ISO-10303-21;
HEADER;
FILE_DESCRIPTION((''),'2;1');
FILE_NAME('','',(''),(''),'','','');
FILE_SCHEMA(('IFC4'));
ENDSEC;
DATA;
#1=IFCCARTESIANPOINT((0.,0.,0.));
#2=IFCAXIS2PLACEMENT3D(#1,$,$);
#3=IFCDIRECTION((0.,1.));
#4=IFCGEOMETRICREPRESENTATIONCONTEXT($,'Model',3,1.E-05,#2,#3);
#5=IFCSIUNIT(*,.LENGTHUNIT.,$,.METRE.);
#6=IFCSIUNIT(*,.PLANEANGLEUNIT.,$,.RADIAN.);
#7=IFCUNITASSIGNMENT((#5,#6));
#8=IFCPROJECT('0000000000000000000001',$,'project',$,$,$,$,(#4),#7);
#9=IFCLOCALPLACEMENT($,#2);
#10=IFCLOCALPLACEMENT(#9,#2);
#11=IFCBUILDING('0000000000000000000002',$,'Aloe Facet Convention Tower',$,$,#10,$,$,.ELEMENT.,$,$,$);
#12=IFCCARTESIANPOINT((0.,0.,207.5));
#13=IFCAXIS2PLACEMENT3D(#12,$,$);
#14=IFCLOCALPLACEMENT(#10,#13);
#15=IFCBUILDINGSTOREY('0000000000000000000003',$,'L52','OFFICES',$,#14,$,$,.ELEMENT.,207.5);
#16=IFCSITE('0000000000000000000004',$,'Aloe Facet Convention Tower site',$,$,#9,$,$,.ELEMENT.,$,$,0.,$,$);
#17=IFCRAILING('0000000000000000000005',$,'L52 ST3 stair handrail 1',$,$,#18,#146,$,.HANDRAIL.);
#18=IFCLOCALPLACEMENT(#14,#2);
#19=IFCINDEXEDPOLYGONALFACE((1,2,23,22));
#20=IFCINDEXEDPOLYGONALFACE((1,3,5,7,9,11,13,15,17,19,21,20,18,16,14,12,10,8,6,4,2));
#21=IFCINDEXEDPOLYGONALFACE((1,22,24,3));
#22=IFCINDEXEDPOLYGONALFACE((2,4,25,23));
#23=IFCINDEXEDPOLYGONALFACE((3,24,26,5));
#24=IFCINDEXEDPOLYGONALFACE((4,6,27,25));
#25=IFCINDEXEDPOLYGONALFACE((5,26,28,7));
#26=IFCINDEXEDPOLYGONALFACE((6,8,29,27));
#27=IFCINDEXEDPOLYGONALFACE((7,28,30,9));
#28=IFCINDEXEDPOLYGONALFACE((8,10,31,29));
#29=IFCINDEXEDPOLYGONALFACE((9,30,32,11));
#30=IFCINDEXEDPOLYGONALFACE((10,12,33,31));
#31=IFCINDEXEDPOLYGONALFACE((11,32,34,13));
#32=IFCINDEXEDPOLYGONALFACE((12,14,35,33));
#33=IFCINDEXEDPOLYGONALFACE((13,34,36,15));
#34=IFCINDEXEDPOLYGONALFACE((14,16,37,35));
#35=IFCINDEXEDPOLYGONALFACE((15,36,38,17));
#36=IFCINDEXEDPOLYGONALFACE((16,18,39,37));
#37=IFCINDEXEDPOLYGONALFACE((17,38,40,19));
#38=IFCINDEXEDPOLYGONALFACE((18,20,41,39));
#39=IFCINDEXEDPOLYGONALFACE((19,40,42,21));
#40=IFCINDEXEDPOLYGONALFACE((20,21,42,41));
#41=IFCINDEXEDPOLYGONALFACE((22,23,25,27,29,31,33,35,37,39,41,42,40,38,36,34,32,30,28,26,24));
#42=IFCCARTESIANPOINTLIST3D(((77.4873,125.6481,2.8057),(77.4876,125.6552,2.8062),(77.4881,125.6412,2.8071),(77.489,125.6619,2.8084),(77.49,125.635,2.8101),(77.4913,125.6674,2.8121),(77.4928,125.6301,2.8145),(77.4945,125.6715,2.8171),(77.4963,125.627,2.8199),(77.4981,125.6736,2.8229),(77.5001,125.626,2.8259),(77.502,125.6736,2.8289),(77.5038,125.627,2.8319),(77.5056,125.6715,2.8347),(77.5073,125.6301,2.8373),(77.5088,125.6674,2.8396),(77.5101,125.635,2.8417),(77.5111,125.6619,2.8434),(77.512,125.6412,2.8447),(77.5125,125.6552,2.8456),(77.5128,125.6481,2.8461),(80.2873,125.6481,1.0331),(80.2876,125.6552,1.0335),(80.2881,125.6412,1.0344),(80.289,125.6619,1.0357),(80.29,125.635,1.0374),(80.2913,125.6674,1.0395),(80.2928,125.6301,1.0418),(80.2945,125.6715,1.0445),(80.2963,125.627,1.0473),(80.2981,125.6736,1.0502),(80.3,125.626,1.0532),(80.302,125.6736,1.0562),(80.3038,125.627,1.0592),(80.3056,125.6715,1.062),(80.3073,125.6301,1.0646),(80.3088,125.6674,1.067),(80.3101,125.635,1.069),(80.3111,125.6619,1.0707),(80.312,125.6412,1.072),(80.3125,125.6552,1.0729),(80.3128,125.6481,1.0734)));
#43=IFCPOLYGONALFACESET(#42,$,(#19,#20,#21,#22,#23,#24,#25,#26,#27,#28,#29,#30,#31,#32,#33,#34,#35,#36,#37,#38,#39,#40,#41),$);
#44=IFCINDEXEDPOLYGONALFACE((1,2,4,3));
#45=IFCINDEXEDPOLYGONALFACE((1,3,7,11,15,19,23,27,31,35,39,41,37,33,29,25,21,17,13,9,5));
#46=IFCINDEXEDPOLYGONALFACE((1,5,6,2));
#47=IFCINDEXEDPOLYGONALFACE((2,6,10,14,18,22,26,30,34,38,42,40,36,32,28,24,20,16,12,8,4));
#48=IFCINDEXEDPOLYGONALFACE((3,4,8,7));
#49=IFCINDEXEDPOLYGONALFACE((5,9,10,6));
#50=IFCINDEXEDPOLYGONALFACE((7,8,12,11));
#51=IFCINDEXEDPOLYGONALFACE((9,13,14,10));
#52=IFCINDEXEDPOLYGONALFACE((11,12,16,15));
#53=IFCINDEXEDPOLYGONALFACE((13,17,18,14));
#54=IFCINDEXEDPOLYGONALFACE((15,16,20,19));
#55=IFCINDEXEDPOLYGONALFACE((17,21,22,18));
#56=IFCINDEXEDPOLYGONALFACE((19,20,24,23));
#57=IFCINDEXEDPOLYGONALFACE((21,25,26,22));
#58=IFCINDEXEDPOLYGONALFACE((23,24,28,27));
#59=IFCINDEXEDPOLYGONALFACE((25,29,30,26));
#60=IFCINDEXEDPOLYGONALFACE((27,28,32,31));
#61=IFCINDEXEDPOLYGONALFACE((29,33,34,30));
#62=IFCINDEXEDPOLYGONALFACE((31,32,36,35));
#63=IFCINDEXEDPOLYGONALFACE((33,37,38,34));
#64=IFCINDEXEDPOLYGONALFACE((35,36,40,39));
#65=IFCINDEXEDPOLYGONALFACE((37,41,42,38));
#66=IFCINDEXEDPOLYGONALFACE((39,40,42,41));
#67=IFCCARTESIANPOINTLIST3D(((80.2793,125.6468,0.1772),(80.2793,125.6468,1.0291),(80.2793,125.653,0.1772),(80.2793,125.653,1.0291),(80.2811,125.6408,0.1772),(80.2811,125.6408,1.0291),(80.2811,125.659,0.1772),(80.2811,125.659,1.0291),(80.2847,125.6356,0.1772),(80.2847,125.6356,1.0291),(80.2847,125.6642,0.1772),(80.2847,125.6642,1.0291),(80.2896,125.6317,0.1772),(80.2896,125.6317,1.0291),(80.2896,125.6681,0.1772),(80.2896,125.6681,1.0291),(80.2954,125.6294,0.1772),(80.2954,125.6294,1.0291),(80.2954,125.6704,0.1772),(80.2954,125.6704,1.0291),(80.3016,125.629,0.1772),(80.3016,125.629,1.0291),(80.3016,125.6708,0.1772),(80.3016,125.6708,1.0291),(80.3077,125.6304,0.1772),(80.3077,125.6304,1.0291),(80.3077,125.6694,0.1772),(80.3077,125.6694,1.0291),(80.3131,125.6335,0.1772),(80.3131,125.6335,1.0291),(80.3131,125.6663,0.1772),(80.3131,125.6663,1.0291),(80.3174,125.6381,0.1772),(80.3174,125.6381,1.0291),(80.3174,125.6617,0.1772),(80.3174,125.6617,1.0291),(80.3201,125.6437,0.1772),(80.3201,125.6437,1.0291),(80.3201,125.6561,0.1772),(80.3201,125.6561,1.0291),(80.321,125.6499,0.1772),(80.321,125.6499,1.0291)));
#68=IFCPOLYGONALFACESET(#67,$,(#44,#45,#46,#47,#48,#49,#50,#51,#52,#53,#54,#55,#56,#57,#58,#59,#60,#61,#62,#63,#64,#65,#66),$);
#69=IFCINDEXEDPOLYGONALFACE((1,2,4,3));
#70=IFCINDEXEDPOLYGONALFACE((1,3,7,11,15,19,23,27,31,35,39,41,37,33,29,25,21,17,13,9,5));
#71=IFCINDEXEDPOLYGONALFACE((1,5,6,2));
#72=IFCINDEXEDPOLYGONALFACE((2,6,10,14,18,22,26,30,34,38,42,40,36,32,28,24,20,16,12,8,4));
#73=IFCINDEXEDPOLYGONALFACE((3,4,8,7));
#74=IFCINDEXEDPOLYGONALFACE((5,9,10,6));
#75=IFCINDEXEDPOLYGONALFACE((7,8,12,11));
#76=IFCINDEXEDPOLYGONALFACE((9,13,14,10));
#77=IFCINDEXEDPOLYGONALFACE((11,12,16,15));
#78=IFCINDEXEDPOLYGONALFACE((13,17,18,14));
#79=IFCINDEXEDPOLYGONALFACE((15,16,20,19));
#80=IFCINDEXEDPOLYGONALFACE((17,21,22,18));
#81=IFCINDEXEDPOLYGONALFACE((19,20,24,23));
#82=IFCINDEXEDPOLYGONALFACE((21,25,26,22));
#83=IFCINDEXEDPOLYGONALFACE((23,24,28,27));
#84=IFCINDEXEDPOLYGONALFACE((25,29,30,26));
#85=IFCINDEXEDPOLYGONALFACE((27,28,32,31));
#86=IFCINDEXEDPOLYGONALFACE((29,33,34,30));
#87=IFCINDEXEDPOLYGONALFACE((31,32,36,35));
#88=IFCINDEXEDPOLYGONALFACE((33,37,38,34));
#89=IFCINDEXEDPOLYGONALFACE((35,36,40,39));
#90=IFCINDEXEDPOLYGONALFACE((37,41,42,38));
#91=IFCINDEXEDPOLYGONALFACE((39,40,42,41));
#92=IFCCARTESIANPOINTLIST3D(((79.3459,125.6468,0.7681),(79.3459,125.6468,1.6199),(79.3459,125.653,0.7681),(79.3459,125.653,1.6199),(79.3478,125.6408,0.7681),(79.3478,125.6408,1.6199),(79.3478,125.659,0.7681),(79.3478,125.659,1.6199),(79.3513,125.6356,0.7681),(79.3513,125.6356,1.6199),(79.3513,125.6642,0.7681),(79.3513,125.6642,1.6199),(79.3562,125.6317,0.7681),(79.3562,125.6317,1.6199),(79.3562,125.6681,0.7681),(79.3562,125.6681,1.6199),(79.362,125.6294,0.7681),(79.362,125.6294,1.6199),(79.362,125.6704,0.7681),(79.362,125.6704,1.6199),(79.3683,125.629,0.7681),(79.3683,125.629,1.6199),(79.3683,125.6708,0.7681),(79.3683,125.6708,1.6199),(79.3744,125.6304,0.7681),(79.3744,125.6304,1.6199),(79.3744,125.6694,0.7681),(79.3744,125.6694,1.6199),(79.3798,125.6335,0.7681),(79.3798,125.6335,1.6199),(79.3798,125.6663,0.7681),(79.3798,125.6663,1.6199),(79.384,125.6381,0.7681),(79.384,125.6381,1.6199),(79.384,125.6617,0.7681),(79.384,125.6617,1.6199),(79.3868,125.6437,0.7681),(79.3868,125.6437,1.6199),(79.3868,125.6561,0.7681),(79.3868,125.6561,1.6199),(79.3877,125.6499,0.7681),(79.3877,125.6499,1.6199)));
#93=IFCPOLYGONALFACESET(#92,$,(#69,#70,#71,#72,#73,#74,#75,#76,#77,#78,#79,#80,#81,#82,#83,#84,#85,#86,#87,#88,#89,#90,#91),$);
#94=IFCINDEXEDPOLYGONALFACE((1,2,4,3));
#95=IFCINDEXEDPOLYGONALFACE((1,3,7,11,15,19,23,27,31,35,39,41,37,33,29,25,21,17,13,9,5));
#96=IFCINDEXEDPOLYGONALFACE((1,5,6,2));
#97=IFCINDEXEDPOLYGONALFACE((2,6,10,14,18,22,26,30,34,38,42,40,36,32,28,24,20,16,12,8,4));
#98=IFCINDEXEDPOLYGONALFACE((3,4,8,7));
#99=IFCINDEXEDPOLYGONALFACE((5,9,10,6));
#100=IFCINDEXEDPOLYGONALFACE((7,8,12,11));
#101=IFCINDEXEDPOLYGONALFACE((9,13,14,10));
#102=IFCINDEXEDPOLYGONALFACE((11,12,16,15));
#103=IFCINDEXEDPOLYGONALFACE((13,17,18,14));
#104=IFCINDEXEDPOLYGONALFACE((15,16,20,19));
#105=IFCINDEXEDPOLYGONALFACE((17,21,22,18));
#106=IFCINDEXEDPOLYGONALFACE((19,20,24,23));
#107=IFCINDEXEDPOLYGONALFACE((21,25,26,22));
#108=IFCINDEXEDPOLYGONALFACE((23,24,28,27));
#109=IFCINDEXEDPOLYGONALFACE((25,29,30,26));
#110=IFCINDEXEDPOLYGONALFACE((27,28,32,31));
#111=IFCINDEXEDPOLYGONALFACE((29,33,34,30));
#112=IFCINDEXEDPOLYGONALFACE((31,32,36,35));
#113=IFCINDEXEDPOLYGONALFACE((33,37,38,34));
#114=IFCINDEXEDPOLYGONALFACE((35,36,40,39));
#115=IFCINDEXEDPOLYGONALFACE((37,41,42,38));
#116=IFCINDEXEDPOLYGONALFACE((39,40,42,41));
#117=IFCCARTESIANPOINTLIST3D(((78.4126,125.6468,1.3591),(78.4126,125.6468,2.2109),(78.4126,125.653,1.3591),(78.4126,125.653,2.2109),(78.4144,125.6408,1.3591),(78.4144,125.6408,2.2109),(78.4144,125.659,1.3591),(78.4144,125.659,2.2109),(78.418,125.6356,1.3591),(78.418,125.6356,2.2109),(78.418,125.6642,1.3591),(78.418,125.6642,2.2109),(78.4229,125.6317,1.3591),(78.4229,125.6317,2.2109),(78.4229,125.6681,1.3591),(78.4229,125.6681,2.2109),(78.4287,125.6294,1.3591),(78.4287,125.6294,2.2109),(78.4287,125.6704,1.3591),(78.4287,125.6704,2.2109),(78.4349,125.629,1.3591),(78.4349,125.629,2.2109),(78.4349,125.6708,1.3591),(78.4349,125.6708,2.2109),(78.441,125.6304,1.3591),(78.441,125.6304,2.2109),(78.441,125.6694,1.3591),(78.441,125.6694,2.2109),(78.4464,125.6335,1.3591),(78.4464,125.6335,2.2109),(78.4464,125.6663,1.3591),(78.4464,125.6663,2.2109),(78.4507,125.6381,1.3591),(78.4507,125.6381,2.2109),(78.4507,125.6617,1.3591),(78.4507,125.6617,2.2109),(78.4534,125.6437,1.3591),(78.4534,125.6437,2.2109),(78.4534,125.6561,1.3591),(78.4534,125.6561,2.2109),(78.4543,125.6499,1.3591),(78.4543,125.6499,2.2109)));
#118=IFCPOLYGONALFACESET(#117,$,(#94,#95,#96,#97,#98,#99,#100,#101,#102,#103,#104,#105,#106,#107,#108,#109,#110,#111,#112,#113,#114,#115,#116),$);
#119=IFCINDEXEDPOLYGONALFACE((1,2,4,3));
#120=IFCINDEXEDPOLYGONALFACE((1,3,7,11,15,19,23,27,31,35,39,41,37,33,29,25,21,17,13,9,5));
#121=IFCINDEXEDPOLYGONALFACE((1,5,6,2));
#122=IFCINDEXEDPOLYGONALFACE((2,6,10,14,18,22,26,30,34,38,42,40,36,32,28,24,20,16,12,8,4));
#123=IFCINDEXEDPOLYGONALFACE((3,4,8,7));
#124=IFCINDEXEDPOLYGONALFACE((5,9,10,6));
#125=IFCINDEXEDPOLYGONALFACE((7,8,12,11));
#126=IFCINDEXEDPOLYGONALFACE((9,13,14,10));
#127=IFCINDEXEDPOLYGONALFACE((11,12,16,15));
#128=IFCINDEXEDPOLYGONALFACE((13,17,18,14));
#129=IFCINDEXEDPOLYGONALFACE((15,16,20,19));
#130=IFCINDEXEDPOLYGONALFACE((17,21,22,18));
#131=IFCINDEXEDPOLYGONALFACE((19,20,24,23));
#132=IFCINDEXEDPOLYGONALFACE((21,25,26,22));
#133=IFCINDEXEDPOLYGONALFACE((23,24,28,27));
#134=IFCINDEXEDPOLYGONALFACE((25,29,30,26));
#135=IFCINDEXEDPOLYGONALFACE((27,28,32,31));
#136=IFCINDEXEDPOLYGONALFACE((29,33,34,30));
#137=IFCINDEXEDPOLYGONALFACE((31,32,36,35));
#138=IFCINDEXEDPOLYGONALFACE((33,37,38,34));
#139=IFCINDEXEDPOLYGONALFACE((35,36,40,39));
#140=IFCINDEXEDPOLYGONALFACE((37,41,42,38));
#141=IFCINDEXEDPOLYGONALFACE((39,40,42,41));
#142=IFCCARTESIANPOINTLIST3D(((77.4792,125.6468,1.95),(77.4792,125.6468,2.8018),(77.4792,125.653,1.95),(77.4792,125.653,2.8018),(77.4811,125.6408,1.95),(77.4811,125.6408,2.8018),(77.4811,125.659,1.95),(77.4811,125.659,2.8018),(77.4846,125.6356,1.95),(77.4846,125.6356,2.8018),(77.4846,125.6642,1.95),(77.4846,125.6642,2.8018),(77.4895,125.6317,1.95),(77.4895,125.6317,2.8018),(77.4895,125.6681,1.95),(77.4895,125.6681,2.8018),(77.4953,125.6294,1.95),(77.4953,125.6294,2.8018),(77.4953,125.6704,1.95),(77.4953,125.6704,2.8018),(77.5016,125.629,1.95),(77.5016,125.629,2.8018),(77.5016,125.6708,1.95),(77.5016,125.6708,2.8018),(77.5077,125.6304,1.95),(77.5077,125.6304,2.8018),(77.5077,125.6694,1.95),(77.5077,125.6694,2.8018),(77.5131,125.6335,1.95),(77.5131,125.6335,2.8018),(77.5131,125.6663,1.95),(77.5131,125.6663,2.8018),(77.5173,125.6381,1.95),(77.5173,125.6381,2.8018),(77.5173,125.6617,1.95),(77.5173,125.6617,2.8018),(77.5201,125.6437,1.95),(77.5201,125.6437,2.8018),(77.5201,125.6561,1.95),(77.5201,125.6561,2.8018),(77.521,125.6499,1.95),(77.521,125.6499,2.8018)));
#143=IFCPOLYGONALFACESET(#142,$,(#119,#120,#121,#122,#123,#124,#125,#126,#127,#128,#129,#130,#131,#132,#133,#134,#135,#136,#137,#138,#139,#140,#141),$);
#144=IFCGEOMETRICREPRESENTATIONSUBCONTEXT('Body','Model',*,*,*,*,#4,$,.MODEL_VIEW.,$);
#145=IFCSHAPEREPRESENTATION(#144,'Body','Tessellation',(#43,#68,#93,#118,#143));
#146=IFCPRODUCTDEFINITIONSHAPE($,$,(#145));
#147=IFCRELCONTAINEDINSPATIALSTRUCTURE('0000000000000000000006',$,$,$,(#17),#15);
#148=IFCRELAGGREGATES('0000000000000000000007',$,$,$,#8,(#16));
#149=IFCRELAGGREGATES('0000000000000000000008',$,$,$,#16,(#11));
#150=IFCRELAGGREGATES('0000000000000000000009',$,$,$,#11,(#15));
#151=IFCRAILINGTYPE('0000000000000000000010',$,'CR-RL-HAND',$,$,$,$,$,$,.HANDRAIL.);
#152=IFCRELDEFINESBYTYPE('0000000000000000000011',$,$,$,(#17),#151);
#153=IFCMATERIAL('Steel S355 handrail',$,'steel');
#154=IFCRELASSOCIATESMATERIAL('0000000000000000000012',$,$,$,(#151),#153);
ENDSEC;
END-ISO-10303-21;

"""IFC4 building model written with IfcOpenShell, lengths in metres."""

from ifc_helpers import new_model, si_unit, direction, frame, origin, origin_2d, place, context, subcontext, project, spatial, circle, extrude, material, type_object, element, save


model = new_model("IFC4")

# Units and contexts
model_context = context("Model", 3, precision=1e-05, world=origin(), true_north=direction((0.0, 1.0)))
body_context = subcontext(model_context, "Body", "Model", "MODEL_VIEW")
ifc_project = project(units=[si_unit("LENGTHUNIT", "METRE"), si_unit("PLANEANGLEUNIT", "RADIAN")], contexts=[model_context])

# Site, building, storey
site_placement = place(None, origin())
site = spatial("IfcSite", under=ifc_project, at=site_placement, Name="Aloe Facet Convention Tower site", CompositionType="ELEMENT", RefElevation=0.0)
building_placement = place(site_placement, origin())
building = spatial("IfcBuilding", under=site, at=building_placement, Name="Aloe Facet Convention Tower", CompositionType="ELEMENT")
storey_placement = place(building_placement, frame((0.0, 0.0, 207.5)))
storey = spatial("IfcBuildingStorey", under=building, at=storey_placement, Name="L52", Description="OFFICES", CompositionType="ELEMENT", Elevation=207.5)

# Railing
ifc_material_1 = material(Name="Steel S355 handrail", Category="steel")
railing_type_1 = type_object("IfcRailingType", Name="CR-RL-HAND", PredefinedType="HANDRAIL", material=ifc_material_1)
railing_1_placement = place(storey_placement, frame((80.3, 125.6499, 0.1772)))
element("IfcRailing", 1, at=railing_1_placement, inside=storey, type_object=railing_type_1, Name="L52 ST3 stair handrail 1", PredefinedType="HANDRAIL", context=body_context, shape_type="SweptSolid", body=[
    extrude(circle(Radius=0.0239, at=origin_2d()), frame((0.0, 0.0, 0.876), z_axis=(-0.844909, 0.0, 0.53491), x_axis=(0.0, -1.0, 0.0)), (0.0, 0.0, 1.0), 3.314),
    extrude(circle(Radius=0.021, at=origin_2d()), origin(), (0.0, 0.0, 1.0), 0.8518),
    extrude(circle(Radius=0.021, at=origin_2d()), frame((-0.9333, 0.0, 0.5908)), (0.0, 0.0, 1.0), 0.8518),
    extrude(circle(Radius=0.021, at=origin_2d()), frame((-1.8667, 0.0, 1.1819)), (0.0, 0.0, 1.0), 0.8518),
    extrude(circle(Radius=0.021, at=origin_2d()), frame((-2.8, 0.0, 1.7727)), (0.0, 0.0, 1.0), 0.8518),
])

save(model, "model.ifc")
